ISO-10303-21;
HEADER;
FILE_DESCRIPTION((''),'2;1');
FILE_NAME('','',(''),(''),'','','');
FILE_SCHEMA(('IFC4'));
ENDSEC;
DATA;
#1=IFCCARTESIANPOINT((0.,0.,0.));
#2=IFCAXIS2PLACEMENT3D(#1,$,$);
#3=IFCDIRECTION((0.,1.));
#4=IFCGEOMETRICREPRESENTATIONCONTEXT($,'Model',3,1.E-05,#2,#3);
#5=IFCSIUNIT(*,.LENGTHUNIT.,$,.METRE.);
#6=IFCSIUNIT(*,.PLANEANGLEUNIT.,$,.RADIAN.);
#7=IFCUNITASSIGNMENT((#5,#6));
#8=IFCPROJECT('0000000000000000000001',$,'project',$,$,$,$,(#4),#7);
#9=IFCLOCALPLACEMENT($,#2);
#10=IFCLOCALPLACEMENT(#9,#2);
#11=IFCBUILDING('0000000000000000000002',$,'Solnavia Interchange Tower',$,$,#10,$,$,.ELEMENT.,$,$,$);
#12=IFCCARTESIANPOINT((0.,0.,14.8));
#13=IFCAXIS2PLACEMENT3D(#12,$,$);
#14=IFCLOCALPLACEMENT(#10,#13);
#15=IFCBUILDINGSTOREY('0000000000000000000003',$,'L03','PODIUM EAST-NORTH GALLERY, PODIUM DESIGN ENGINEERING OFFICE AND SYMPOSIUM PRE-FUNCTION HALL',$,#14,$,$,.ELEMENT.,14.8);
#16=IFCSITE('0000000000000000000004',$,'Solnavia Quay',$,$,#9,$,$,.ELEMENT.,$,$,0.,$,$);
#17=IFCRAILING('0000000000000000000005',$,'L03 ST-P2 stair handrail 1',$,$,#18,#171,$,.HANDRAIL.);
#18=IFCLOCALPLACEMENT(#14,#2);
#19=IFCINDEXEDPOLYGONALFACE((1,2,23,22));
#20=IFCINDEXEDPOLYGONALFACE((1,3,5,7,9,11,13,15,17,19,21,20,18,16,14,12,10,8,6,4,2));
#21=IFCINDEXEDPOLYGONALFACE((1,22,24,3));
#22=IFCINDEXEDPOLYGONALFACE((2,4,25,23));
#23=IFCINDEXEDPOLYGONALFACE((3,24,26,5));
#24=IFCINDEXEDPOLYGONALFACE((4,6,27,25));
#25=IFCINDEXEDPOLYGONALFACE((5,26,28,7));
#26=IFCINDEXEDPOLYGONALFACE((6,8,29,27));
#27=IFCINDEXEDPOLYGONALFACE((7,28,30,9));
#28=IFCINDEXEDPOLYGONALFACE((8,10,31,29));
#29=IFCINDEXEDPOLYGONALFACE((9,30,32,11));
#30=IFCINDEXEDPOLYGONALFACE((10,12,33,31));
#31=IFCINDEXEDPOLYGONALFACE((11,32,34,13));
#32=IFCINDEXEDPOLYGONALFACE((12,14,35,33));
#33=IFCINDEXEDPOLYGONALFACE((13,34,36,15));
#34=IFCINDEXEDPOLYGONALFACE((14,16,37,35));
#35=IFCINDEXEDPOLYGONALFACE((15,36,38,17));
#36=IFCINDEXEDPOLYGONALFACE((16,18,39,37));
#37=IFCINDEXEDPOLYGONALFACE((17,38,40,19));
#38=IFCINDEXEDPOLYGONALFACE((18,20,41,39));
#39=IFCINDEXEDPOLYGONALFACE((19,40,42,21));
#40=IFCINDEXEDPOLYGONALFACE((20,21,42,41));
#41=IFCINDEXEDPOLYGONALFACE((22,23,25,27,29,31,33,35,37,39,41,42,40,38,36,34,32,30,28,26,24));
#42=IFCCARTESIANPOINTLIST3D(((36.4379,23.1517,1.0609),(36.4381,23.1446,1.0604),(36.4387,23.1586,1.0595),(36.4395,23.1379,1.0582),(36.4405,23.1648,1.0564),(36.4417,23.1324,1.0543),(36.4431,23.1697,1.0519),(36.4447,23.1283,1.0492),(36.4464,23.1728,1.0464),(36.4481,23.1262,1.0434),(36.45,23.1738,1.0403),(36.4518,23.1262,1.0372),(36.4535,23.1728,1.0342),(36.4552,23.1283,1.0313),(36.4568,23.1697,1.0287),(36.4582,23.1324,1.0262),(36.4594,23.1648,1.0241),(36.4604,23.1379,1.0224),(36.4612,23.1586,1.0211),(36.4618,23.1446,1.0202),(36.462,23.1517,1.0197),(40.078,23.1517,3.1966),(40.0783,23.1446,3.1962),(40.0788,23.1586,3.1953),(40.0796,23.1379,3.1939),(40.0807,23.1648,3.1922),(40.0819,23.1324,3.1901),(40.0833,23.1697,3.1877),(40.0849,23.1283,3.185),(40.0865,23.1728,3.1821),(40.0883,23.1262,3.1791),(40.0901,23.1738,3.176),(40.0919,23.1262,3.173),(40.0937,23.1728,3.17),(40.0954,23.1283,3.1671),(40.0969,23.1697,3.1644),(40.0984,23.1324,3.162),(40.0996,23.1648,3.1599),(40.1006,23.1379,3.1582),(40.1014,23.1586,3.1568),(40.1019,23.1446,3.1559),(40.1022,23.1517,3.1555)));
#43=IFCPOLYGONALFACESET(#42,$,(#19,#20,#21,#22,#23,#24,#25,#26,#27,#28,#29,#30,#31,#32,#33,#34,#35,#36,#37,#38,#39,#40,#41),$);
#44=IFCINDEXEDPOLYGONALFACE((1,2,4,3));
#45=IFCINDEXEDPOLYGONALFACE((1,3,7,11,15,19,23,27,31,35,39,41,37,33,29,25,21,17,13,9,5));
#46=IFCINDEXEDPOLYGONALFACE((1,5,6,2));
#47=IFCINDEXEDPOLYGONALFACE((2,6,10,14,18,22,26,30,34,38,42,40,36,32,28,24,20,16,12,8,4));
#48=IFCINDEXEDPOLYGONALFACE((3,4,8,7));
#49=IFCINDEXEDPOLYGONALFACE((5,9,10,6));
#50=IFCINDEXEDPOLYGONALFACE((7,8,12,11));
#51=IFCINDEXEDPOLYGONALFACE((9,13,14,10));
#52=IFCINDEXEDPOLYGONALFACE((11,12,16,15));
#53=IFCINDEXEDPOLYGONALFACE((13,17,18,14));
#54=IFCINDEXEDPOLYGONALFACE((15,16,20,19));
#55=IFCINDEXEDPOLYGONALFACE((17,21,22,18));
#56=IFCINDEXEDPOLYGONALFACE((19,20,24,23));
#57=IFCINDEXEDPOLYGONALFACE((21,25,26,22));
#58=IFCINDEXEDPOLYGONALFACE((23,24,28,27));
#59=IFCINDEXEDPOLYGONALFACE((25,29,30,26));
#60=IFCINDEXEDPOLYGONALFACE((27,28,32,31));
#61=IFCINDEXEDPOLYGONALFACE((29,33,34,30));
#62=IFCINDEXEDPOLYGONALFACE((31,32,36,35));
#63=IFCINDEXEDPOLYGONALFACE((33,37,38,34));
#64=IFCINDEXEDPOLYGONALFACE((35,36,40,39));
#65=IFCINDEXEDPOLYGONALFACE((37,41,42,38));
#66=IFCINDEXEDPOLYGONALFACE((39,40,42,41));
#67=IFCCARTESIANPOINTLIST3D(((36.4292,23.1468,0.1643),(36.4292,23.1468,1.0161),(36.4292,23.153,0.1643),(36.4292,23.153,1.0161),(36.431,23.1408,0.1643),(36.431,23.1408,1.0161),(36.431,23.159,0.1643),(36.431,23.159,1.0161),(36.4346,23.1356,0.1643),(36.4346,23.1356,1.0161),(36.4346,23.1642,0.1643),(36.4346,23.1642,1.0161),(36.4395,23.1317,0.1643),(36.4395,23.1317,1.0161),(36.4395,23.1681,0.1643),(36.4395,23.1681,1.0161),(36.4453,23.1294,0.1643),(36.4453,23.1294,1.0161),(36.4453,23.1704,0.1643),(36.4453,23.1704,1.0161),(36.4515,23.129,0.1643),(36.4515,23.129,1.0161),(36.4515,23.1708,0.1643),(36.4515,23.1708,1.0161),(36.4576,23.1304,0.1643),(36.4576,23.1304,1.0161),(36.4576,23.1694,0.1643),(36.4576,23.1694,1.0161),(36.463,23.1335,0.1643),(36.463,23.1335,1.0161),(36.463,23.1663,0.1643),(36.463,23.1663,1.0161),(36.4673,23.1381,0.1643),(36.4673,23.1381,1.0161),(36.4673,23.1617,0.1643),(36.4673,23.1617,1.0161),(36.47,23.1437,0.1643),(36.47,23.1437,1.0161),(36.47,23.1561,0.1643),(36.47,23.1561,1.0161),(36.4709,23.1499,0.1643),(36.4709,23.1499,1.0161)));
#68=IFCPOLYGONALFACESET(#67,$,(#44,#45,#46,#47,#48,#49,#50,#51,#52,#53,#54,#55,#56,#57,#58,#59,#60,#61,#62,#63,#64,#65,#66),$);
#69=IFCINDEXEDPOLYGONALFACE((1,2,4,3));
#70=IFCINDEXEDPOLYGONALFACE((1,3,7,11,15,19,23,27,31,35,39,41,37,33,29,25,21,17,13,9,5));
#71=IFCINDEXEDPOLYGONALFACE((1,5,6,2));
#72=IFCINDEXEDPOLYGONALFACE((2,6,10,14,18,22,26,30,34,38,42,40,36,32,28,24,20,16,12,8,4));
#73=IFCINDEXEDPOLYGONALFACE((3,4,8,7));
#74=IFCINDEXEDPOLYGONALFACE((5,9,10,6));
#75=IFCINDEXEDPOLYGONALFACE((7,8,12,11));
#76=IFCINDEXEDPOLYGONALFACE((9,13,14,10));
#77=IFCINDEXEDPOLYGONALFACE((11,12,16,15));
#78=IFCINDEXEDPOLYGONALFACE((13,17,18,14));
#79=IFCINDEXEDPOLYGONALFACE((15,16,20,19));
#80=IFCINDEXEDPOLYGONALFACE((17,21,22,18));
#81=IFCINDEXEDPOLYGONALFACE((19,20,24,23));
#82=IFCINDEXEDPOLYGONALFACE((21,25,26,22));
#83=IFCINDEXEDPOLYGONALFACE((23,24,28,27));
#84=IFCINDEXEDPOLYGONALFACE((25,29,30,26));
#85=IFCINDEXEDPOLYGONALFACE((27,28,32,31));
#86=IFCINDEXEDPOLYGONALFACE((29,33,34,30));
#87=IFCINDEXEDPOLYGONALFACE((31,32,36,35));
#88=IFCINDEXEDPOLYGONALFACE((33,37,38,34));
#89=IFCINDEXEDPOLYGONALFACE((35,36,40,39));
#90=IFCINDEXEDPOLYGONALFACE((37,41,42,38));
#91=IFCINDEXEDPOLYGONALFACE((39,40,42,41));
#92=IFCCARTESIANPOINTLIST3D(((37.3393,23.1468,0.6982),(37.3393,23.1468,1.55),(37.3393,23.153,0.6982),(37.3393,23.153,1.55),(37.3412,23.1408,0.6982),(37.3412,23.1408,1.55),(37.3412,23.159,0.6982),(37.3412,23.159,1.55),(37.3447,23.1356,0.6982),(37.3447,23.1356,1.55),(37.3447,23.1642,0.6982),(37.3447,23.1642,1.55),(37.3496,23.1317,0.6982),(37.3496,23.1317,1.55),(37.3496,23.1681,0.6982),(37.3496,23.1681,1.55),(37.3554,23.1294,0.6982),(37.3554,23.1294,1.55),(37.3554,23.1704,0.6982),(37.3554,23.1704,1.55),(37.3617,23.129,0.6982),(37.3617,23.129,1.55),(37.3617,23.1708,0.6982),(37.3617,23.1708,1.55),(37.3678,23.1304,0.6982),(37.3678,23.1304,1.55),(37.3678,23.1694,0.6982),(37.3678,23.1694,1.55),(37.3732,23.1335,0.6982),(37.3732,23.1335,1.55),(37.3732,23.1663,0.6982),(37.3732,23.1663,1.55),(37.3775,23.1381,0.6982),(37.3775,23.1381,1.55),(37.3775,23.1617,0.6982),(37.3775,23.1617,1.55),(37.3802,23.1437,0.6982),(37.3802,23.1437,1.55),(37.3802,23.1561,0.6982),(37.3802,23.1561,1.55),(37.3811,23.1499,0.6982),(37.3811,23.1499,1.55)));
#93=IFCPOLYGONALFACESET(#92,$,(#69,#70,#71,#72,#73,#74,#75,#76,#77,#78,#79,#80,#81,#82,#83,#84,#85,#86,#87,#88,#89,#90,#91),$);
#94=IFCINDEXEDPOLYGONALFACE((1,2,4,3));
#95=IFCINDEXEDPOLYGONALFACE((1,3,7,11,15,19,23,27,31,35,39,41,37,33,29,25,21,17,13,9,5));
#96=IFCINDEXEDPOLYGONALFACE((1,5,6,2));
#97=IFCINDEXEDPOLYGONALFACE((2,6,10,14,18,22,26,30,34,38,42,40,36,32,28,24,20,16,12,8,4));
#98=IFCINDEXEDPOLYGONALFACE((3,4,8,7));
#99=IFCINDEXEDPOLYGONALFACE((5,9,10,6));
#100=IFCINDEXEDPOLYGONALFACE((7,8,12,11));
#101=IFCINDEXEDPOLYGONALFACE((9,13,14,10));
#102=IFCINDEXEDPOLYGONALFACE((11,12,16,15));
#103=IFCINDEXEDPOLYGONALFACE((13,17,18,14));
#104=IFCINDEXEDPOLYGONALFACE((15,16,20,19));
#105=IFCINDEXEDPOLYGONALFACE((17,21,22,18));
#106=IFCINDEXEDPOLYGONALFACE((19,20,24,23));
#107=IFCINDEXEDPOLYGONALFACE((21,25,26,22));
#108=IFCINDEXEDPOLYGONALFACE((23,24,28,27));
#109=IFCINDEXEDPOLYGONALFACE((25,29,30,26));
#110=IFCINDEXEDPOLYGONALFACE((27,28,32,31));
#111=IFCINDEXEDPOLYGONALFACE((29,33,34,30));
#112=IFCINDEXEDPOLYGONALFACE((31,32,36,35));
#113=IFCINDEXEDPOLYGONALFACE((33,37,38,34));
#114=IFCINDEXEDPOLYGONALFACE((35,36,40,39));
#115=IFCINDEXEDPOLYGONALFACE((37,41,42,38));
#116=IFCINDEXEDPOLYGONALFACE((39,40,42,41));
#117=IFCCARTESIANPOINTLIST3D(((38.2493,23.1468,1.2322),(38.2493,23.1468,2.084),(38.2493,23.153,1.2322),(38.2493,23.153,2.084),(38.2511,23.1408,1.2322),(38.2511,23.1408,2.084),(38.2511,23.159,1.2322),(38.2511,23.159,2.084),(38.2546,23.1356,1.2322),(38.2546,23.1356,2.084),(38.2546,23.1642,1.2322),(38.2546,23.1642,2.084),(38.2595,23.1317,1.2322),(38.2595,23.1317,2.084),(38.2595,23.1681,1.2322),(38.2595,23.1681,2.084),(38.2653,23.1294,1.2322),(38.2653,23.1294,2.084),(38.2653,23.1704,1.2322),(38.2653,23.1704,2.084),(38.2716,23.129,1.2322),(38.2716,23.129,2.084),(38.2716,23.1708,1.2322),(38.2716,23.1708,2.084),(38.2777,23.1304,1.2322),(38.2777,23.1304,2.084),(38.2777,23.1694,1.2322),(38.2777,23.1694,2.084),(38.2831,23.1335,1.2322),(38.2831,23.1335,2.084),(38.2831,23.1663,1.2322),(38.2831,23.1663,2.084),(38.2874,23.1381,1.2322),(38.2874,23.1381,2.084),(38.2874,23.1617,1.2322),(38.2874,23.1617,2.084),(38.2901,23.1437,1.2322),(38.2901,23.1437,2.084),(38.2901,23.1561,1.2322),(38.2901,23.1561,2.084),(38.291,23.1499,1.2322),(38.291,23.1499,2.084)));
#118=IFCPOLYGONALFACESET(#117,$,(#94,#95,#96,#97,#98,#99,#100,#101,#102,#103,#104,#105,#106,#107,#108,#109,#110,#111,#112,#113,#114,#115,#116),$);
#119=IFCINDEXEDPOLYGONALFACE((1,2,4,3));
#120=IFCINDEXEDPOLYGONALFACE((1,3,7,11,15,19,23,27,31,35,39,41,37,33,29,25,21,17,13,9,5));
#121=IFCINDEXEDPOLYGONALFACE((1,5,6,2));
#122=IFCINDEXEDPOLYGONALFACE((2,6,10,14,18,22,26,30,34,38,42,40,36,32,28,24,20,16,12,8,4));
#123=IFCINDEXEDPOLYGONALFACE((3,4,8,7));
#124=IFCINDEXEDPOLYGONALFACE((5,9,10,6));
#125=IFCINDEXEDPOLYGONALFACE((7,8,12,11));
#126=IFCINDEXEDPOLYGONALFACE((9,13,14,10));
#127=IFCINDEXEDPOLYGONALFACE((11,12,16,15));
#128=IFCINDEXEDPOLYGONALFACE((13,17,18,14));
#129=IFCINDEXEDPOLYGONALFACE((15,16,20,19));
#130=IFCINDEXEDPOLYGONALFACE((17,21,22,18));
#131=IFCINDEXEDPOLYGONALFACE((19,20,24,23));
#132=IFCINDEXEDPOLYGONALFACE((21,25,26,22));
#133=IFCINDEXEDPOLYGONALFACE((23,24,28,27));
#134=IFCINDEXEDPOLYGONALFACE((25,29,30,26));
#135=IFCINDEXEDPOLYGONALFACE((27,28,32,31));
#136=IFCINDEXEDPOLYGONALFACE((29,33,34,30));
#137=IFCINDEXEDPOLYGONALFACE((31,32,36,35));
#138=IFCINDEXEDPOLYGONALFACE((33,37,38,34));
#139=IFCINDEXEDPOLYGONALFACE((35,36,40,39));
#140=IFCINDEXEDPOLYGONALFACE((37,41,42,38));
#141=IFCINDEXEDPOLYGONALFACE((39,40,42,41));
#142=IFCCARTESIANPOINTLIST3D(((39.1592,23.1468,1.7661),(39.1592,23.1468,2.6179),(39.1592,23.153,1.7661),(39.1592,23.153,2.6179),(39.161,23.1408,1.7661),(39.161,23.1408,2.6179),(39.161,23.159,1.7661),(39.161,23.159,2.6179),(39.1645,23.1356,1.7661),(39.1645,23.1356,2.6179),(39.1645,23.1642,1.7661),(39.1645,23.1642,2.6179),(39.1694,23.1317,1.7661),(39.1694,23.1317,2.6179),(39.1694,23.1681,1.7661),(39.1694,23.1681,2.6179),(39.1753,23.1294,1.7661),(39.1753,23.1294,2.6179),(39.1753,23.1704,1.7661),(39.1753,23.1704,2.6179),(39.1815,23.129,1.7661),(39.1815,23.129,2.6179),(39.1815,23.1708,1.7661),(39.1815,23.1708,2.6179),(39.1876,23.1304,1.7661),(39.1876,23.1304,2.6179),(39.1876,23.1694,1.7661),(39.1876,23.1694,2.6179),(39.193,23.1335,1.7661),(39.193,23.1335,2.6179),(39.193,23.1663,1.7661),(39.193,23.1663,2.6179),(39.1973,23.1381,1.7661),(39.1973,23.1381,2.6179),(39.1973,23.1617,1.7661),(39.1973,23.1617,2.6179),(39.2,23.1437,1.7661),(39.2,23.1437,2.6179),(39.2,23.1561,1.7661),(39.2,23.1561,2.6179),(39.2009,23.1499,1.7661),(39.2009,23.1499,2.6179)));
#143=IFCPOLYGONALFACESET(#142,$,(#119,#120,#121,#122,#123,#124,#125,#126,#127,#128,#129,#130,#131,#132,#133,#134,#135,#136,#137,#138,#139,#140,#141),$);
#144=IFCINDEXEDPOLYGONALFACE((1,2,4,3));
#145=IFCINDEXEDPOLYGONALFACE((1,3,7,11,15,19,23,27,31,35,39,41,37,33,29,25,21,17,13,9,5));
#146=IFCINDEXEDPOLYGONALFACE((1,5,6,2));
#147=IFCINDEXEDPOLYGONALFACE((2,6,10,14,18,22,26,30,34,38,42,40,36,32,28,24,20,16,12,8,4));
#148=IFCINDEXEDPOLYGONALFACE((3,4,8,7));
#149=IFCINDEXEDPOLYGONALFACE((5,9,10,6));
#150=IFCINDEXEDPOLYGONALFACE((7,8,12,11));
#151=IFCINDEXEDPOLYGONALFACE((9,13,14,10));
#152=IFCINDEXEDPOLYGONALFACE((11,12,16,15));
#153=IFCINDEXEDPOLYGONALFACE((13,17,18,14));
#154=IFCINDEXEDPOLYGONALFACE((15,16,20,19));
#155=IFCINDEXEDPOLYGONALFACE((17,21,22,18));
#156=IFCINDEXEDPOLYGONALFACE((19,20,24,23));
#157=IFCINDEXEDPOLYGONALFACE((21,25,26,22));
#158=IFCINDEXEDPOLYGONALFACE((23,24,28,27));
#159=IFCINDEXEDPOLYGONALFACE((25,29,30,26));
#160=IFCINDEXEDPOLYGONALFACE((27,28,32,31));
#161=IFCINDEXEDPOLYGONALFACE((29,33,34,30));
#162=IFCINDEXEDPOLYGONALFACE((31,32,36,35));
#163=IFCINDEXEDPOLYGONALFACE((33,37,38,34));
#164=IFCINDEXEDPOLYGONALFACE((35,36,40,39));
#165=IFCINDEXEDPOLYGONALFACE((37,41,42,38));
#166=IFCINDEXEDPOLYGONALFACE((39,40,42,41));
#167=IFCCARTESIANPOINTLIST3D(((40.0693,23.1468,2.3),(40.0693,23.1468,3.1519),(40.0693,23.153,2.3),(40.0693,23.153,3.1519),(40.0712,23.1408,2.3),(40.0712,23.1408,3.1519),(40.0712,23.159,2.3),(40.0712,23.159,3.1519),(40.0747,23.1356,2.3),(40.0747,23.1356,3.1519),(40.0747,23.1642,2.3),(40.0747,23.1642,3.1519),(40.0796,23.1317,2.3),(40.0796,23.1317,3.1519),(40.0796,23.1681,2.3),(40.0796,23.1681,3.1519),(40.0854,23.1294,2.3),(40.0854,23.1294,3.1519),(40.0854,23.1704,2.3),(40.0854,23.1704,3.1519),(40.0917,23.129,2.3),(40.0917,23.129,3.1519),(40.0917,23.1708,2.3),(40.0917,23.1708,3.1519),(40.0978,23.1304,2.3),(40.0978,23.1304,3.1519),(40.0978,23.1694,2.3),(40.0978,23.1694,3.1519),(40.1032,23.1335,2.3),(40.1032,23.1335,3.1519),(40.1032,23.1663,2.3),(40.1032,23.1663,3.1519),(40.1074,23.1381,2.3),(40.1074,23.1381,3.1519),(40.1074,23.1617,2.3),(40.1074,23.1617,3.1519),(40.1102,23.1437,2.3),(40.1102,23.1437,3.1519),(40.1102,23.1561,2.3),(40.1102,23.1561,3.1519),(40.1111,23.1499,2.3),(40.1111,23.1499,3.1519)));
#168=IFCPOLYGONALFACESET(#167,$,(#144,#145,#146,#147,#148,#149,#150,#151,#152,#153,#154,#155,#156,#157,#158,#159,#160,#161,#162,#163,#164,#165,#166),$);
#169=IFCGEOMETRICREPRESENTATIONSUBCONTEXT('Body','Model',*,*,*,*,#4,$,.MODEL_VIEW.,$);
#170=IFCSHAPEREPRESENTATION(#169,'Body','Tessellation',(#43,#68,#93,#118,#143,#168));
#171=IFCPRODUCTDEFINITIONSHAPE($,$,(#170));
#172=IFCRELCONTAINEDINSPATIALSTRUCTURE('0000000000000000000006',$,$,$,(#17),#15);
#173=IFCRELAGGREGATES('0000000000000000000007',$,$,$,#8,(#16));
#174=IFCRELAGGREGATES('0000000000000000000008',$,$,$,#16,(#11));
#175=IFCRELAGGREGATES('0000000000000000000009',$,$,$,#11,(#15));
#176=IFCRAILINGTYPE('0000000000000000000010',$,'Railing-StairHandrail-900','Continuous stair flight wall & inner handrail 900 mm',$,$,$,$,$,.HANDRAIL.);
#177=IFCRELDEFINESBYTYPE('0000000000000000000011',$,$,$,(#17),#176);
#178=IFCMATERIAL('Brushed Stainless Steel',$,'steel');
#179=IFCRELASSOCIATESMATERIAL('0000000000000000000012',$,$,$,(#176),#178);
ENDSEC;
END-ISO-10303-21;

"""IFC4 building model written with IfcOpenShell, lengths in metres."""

from ifc_helpers import new_model, si_unit, direction, frame, origin, origin_2d, place, context, subcontext, project, spatial, circle, extrude, material, type_object, element, save


model = new_model("IFC4")

# Units and contexts
model_context = context("Model", 3, precision=1e-05, world=origin(), true_north=direction((0.0, 1.0)))
body_context = subcontext(model_context, "Body", "Model", "MODEL_VIEW")
ifc_project = project(units=[si_unit("LENGTHUNIT", "METRE"), si_unit("PLANEANGLEUNIT", "RADIAN")], contexts=[model_context])

# Site, building, storey
site_placement = place(None, origin())
site = spatial("IfcSite", under=ifc_project, at=site_placement, Name="Solnavia Quay", CompositionType="ELEMENT", RefElevation=0.0)
building_placement = place(site_placement, origin())
building = spatial("IfcBuilding", under=site, at=building_placement, Name="Solnavia Interchange Tower", CompositionType="ELEMENT")
storey_placement = place(building_placement, frame((0.0, 0.0, 14.8)))
storey = spatial("IfcBuildingStorey", under=building, at=storey_placement, Name="L03", Description="PODIUM EAST-NORTH GALLERY, PODIUM DESIGN ENGINEERING OFFICE AND SYMPOSIUM PRE-FUNCTION HALL", CompositionType="ELEMENT", Elevation=14.8)

# Railing
ifc_material_1 = material(Name="Brushed Stainless Steel", Category="steel")
railing_type_1 = type_object("IfcRailingType", Name="Railing-StairHandrail-900", Description="Continuous stair flight wall & inner handrail 900 mm", PredefinedType="HANDRAIL", material=ifc_material_1)
railing_1_placement = place(storey_placement, frame((36.45, 23.1499, 0.1643)))
element("IfcRailing", 1, at=railing_1_placement, inside=storey, type_object=railing_type_1, Name="L03 ST-P2 stair handrail 1", PredefinedType="HANDRAIL", context=body_context, shape_type="SweptSolid", body=[
    extrude(circle(Radius=0.0239, at=origin_2d()), frame((0.0, 0.0, 0.876), z_axis=(0.862505, 0.0, 0.506049), x_axis=(0.0, 1.0, 0.0)), (0.0, 0.0, 1.0), 4.2205),
    extrude(circle(Radius=0.021, at=origin_2d()), origin(), (0.0, 0.0, 1.0), 0.8518),
    extrude(circle(Radius=0.021, at=origin_2d()), frame((0.9102, 0.0, 0.5339)), (0.0, 0.0, 1.0), 0.8518),
    extrude(circle(Radius=0.021, at=origin_2d()), frame((1.8201, 0.0, 1.0679)), (0.0, 0.0, 1.0), 0.8518),
    extrude(circle(Radius=0.021, at=origin_2d()), frame((2.73, 0.0, 1.6018)), (0.0, 0.0, 1.0), 0.8518),
    extrude(circle(Radius=0.021, at=origin_2d()), frame((3.6401, 0.0, 2.1357)), (0.0, 0.0, 1.0), 0.8518),
])

save(model, "model.ifc")
